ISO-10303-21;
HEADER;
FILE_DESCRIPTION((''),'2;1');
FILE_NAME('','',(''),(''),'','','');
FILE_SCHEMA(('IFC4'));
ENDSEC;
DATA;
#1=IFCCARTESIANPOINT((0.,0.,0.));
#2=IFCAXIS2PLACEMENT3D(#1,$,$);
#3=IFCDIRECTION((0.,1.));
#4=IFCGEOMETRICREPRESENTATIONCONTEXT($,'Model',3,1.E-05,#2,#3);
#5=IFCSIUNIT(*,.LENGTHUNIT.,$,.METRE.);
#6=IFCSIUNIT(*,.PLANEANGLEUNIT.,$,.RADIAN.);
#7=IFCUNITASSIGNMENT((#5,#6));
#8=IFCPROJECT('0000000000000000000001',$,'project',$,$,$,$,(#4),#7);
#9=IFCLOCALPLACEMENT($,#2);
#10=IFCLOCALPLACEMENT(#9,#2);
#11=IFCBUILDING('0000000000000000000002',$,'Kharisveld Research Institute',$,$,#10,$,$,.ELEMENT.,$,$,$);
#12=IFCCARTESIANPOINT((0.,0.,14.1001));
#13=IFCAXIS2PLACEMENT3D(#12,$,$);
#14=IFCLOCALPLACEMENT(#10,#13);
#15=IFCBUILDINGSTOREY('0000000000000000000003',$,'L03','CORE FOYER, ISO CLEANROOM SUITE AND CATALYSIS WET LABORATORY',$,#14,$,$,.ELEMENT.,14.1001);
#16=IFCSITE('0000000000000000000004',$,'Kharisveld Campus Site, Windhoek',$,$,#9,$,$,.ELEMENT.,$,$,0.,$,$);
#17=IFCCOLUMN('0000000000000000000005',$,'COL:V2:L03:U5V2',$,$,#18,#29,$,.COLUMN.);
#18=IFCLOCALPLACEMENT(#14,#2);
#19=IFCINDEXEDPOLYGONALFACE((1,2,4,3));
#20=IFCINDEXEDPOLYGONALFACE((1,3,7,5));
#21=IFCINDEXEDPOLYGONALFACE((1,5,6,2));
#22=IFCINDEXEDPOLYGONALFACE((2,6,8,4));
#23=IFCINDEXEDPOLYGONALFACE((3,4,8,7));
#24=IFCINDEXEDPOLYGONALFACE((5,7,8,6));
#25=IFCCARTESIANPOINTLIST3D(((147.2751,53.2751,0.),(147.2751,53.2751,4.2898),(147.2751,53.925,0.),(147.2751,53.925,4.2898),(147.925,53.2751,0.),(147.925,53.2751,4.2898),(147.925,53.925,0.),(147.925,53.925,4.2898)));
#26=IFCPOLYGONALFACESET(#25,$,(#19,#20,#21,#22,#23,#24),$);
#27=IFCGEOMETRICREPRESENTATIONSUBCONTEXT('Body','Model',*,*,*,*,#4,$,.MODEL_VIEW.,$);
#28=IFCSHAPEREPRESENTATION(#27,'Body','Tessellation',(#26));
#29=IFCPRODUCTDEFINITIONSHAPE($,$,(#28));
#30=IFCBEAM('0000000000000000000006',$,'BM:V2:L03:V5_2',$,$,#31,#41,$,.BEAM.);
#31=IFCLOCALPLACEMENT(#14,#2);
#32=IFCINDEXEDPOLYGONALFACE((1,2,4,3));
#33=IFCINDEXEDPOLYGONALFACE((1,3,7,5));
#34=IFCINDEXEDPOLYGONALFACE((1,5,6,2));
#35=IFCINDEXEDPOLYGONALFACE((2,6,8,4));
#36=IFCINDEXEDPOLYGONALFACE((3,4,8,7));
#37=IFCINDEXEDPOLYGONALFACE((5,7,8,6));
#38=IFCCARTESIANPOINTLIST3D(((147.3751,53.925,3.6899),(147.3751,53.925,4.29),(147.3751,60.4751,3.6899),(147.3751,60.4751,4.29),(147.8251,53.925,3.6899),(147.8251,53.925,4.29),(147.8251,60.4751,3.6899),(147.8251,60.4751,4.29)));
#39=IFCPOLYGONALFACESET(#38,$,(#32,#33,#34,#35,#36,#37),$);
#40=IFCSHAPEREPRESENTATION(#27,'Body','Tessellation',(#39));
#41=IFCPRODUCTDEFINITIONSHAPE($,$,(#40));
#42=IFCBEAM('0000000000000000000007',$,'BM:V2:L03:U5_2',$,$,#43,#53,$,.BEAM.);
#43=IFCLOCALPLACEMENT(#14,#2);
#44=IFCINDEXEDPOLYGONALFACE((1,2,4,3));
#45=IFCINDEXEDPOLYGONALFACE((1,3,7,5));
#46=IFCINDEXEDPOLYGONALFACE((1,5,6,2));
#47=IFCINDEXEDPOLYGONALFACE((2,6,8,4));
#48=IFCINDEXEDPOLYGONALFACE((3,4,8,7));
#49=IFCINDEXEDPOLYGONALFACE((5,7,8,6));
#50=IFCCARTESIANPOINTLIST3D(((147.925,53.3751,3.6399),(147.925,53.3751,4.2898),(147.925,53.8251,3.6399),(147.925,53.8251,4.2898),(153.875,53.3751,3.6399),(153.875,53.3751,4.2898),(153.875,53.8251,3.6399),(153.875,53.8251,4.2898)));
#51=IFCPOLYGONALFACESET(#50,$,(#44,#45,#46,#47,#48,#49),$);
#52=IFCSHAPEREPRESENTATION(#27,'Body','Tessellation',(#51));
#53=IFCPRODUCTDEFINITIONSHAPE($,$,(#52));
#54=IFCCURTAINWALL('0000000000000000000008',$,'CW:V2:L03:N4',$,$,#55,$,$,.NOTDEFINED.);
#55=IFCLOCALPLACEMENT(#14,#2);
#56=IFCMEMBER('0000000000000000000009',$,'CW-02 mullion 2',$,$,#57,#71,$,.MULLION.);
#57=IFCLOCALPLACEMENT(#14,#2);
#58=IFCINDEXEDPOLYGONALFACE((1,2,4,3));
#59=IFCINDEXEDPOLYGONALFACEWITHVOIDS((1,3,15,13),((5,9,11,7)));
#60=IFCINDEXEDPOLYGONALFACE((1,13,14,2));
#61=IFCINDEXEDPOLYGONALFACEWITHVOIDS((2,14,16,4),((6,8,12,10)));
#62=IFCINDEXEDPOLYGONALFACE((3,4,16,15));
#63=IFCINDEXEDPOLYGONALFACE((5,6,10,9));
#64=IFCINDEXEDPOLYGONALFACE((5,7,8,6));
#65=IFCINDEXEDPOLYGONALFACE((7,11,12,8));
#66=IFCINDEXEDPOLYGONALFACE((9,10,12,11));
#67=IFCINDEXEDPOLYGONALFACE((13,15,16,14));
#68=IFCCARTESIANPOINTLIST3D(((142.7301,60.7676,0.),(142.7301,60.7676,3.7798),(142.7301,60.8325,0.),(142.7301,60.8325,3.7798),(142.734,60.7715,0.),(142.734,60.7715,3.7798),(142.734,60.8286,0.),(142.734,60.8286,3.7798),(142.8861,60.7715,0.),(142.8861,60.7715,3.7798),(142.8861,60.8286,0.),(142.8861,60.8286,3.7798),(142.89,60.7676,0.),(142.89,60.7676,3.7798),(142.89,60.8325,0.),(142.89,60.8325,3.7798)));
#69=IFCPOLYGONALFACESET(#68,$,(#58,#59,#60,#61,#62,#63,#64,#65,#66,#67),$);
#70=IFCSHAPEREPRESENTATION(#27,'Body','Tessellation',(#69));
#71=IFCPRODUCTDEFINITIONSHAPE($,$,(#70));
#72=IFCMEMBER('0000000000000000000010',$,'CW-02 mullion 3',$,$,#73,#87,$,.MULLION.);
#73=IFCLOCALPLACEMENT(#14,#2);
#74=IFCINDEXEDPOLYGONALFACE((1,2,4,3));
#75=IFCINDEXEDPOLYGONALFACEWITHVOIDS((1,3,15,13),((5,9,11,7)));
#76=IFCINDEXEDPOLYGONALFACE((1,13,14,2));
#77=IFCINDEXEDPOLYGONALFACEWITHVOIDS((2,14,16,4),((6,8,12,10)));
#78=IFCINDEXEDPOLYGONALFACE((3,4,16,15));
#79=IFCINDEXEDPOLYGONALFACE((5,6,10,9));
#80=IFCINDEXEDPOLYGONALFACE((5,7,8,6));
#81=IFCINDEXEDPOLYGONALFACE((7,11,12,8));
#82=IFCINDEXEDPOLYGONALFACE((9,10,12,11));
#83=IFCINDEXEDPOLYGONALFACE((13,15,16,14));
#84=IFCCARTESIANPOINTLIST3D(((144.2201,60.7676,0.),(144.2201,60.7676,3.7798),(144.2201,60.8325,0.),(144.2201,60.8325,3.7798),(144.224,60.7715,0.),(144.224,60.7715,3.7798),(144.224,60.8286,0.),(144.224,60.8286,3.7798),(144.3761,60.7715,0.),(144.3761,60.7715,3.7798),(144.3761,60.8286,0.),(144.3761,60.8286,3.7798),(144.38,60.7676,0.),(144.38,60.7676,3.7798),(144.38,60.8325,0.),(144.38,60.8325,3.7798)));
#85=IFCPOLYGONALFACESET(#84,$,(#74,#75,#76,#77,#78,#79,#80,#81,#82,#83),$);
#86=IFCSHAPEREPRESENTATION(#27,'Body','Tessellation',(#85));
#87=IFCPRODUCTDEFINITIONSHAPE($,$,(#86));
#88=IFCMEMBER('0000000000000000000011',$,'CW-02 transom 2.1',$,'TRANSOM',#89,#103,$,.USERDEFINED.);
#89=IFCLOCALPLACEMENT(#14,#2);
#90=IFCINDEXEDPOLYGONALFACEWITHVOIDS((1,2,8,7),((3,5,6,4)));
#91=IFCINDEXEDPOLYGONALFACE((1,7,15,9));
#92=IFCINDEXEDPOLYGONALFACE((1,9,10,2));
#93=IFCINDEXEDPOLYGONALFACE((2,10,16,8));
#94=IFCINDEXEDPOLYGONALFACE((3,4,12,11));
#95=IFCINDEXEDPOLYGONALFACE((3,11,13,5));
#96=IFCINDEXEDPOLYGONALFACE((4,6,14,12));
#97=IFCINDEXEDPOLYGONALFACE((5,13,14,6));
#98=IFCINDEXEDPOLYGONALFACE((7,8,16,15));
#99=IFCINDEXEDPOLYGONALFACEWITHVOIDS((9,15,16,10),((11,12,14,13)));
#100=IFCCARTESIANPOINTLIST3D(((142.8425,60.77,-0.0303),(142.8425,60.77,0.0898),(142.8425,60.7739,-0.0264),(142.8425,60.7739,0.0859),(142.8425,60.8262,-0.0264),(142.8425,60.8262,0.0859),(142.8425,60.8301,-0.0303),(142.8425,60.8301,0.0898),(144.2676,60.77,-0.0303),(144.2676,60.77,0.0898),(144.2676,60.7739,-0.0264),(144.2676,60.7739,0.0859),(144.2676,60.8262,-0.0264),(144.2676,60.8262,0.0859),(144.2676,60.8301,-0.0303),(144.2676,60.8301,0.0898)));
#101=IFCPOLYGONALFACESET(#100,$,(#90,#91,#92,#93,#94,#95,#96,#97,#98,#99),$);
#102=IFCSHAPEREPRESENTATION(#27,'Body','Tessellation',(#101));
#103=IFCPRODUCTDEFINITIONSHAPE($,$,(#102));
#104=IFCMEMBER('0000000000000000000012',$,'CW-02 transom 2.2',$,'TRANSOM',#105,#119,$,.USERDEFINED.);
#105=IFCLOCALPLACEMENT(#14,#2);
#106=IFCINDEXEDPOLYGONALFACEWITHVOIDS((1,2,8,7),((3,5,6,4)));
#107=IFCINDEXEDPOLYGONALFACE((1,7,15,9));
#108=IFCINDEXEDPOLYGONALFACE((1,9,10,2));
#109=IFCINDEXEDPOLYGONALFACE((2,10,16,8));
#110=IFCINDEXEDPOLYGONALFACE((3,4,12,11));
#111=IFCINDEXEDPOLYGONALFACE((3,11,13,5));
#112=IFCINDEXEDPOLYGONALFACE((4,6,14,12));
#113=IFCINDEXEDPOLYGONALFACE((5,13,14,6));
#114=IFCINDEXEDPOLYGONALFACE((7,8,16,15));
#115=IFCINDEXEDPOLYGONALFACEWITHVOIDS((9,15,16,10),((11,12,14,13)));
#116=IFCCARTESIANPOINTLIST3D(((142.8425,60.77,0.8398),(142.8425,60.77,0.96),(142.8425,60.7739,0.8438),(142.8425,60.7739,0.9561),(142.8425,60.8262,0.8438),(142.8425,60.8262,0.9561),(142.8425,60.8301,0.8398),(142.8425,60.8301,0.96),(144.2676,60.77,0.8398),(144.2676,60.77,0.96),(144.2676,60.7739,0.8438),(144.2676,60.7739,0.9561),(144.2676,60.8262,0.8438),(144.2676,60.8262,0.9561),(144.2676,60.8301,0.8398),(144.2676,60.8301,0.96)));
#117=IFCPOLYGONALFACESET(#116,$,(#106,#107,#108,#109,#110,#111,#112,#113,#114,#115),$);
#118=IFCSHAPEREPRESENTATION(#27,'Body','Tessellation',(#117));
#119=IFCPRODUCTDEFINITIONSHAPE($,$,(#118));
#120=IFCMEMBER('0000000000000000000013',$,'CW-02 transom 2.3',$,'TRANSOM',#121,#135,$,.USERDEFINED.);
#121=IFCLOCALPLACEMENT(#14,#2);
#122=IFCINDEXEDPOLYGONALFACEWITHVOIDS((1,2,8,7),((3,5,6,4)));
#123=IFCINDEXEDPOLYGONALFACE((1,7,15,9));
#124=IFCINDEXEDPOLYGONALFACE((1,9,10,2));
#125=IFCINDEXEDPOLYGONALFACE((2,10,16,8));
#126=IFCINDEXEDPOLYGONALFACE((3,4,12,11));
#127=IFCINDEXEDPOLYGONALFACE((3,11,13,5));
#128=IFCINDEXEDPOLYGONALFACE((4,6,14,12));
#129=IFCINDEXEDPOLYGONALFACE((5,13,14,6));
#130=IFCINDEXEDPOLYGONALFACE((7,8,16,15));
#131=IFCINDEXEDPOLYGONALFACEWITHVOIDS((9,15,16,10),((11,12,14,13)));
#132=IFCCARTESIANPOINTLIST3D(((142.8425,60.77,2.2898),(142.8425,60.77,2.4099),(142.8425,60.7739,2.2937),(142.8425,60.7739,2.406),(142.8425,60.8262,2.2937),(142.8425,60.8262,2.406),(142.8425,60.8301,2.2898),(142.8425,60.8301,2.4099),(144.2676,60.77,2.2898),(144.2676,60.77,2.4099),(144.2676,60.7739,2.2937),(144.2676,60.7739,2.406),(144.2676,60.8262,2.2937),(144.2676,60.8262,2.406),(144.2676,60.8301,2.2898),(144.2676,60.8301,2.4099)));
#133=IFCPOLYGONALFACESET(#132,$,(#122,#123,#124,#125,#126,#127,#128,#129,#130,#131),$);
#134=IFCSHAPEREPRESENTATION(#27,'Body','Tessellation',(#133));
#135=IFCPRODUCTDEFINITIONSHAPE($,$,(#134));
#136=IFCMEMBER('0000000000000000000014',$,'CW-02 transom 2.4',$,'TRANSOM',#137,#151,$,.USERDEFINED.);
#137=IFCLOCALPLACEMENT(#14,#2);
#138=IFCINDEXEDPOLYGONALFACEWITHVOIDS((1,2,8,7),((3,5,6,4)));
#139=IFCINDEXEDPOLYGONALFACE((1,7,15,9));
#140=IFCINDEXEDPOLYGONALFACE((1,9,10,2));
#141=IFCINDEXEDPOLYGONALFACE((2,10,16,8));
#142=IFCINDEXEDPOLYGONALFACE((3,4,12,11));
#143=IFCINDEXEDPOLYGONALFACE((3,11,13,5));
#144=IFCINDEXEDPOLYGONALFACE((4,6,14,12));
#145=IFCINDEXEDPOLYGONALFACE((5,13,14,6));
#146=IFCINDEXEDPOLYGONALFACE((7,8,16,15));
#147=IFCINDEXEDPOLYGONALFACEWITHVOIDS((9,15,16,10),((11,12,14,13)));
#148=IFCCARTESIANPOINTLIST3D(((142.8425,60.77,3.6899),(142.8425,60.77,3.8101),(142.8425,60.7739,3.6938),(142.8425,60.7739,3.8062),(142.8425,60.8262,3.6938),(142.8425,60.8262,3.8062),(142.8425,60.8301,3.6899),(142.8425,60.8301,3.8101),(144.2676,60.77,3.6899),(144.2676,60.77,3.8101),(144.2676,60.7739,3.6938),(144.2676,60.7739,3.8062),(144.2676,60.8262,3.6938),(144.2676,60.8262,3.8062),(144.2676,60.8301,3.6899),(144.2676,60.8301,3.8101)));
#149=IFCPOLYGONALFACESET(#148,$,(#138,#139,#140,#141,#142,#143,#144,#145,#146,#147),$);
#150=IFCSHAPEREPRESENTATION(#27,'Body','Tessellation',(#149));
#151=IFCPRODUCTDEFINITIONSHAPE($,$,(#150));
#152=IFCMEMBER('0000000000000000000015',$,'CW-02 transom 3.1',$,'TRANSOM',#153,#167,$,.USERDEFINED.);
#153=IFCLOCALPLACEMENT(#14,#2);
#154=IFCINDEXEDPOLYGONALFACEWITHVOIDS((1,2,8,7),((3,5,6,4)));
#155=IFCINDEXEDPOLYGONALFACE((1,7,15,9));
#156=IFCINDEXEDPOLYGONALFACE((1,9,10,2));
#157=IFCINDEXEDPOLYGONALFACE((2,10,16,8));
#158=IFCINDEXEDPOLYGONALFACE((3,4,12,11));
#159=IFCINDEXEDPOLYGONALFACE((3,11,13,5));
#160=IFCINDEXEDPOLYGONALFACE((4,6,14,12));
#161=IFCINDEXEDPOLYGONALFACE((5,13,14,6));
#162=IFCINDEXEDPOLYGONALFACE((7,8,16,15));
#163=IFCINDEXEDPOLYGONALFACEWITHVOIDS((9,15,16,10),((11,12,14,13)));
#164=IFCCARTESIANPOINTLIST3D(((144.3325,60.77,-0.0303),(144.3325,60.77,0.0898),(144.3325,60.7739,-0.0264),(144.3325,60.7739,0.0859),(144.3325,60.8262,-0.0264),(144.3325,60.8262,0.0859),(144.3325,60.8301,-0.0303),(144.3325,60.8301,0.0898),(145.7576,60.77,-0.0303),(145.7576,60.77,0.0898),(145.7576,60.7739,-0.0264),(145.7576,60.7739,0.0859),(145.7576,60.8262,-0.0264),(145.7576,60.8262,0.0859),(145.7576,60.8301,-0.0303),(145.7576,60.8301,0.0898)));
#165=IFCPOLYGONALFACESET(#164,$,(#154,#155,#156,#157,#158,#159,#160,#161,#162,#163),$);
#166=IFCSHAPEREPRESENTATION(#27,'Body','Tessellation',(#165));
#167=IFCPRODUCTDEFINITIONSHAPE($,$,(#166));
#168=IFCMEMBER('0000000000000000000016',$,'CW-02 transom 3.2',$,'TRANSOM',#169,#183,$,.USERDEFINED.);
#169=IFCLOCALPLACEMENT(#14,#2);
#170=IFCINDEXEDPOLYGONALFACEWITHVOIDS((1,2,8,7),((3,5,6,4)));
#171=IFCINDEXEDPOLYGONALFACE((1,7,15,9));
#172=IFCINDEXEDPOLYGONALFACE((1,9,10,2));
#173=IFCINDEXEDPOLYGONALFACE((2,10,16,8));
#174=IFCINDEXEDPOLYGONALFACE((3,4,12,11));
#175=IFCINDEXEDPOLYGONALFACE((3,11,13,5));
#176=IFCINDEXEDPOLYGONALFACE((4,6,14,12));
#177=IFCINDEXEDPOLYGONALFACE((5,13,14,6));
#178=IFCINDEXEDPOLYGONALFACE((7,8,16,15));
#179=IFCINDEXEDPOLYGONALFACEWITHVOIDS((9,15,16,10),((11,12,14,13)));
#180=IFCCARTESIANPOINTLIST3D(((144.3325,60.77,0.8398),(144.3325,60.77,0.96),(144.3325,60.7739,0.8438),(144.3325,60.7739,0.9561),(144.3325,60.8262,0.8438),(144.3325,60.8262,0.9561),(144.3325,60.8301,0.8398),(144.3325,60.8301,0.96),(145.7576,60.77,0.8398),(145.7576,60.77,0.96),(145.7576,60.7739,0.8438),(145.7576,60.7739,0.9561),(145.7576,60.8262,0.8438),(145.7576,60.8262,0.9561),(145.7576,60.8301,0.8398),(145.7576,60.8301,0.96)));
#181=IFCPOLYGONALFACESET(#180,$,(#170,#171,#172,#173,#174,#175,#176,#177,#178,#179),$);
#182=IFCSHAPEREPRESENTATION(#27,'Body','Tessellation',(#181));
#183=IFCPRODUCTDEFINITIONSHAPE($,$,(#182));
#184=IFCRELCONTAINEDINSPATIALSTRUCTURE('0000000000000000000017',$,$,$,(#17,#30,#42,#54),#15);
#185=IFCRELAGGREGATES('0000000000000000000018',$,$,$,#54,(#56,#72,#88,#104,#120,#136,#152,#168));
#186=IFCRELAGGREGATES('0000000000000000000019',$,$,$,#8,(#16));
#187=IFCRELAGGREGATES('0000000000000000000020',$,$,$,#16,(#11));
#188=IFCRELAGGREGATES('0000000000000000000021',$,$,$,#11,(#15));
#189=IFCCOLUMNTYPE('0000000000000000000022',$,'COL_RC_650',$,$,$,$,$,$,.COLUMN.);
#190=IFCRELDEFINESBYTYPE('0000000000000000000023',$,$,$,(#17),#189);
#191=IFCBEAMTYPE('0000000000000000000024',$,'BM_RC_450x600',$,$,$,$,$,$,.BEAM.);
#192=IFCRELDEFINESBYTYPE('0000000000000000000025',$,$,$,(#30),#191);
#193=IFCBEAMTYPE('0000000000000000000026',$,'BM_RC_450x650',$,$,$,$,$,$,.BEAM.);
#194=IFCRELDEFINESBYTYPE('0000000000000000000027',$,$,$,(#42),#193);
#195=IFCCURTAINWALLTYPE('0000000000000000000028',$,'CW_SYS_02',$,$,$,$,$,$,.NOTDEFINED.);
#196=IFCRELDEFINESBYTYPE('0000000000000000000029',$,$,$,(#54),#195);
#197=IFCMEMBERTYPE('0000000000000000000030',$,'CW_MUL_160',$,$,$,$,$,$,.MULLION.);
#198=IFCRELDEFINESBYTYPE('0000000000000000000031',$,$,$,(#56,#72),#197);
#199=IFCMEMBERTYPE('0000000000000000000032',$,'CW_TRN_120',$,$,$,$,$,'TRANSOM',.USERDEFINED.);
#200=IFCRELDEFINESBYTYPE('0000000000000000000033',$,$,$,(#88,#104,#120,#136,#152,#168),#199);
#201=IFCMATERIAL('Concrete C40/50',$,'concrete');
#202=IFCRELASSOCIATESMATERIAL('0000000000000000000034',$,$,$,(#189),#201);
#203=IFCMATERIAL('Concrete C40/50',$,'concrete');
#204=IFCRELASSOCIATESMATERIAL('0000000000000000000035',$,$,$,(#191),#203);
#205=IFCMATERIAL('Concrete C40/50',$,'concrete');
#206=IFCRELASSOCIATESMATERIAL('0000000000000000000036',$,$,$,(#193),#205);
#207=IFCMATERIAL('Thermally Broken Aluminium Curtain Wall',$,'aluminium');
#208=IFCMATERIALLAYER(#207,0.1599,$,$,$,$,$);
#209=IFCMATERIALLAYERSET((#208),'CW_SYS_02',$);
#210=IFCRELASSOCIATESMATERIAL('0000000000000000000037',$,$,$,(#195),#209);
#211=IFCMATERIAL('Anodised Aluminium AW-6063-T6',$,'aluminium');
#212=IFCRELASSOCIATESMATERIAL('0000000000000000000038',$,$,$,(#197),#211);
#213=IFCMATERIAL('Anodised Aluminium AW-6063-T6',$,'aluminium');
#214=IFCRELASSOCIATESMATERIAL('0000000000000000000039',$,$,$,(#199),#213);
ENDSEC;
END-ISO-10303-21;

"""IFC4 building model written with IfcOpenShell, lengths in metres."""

from ifc_helpers import new_model, si_unit, direction, frame, origin, origin_2d, place, context, subcontext, project, spatial, rectangle, hollow_rectangle, extrude, material, layer, layer_set, material_profile, profile_set, type_object, element, aggregate, save


model = new_model("IFC4")

# Units and contexts
model_context = context("Model", 3, precision=1e-05, world=origin(), true_north=direction((0.0, 1.0)))
body_context = subcontext(model_context, "Body", "Model", "MODEL_VIEW")
ifc_project = project(units=[si_unit("LENGTHUNIT", "METRE"), si_unit("PLANEANGLEUNIT", "RADIAN")], contexts=[model_context])

# Site, building, storey
site_placement = place(None, origin())
site = spatial("IfcSite", under=ifc_project, at=site_placement, Name="Kharisveld Campus Site, Windhoek", CompositionType="ELEMENT", RefElevation=0.0)
building_placement = place(site_placement, origin())
building = spatial("IfcBuilding", under=site, at=building_placement, Name="Kharisveld Research Institute", CompositionType="ELEMENT")
storey_placement = place(building_placement, frame((0.0, 0.0, 14.1001)))
storey = spatial("IfcBuildingStorey", under=building, at=storey_placement, Name="L03", Description="CORE FOYER, ISO CLEANROOM SUITE AND CATALYSIS WET LABORATORY", CompositionType="ELEMENT", Elevation=14.1001)

# Column
ifc_material_1 = material(Name="Concrete C40/50", Category="concrete")
ifc_material_profile_1 = material_profile(ifc_material_1, rectangle(XDim=0.6499, YDim=0.6499, at=origin_2d()))
ifc_profile_set_1 = profile_set([ifc_material_profile_1], Name="Concrete C40/50")
column_type = type_object("IfcColumnType", Name="COL_RC_650", PredefinedType="COLUMN", material=ifc_profile_set_1)
column_placement = place(storey_placement, frame((147.6001, 53.6001, 0.0), z_axis=(0.0, 0.0, 1.0), x_axis=(1.0, 0.0, 0.0)))
element("IfcColumn", 1, at=column_placement, inside=storey, type_object=column_type, Name="COL:V2:L03:U5V2", PredefinedType="COLUMN", context=body_context, shape_type="SweptSolid", body=[
    extrude(rectangle(XDim=0.6499, YDim=0.6499, at=origin_2d()), origin(), (0.0, 0.0, 1.0), 4.2898),
])

# Beams
ifc_material_2 = material(Name="Concrete C40/50", Category="concrete")
ifc_material_profile_2 = material_profile(ifc_material_2, rectangle(XDim=0.45, YDim=0.6001, at=origin_2d()))
ifc_profile_set_2 = profile_set([ifc_material_profile_2], Name="Concrete C40/50")
beam_type_1 = type_object("IfcBeamType", Name="BM_RC_450x600", PredefinedType="BEAM", material=ifc_profile_set_2)
beam_1_placement = place(storey_placement, frame((147.6001, 53.925, 3.99), z_axis=(0.0, 1.0, 0.0), x_axis=(-1.0, 0.0, 0.0)))
element("IfcBeam", 2, at=beam_1_placement, inside=storey, type_object=beam_type_1, Name="BM:V2:L03:V5_2", PredefinedType="BEAM", context=body_context, shape_type="SweptSolid", body=[
    extrude(rectangle(XDim=0.45, YDim=0.6001, at=origin_2d()), origin(), (0.0, 0.0, 1.0), 6.55),
])
ifc_material_3 = material(Name="Concrete C40/50", Category="concrete")
ifc_material_profile_3 = material_profile(ifc_material_3, rectangle(XDim=0.45, YDim=0.6499, at=origin_2d()))
ifc_profile_set_3 = profile_set([ifc_material_profile_3], Name="Concrete C40/50")
beam_type_2 = type_object("IfcBeamType", Name="BM_RC_450x650", PredefinedType="BEAM", material=ifc_profile_set_3)
beam_2_placement = place(storey_placement, frame((147.925, 53.6001, 3.9648), z_axis=(1.0, 0.0, 0.0), x_axis=(0.0, 1.0, 0.0)))
element("IfcBeam", 3, at=beam_2_placement, inside=storey, type_object=beam_type_2, Name="BM:V2:L03:U5_2", PredefinedType="BEAM", context=body_context, shape_type="SweptSolid", body=[
    extrude(rectangle(XDim=0.45, YDim=0.6499, at=origin_2d()), origin(), (0.0, 0.0, 1.0), 5.95),
])

# Curtain wall, members
ifc_material_4 = material(Name="Thermally Broken Aluminium Curtain Wall", Category="aluminium")
ifc_layer_1 = layer(ifc_material_4, 0.1599)
ifc_layer_set_1 = layer_set([ifc_layer_1], Name="CW_SYS_02")
curtain_wall_type = type_object("IfcCurtainWallType", Name="CW_SYS_02", PredefinedType="NOTDEFINED", material=ifc_layer_set_1)
curtain_wall_placement = place(storey_placement, origin())
curtain_wall = element("IfcCurtainWall", 4, at=curtain_wall_placement, inside=storey, type_object=curtain_wall_type, Name="CW:V2:L03:N4", PredefinedType="NOTDEFINED")
ifc_material_5 = material(Name="Anodised Aluminium AW-6063-T6", Category="aluminium")
ifc_material_profile_4 = material_profile(ifc_material_5, hollow_rectangle(XDim=0.0649, YDim=0.1599, WallThickness=0.0039, at=origin_2d()))
ifc_profile_set_4 = profile_set([ifc_material_profile_4], Name="Anodised Aluminium AW-6063-T6")
member_type_1 = type_object("IfcMemberType", Name="CW_MUL_160", PredefinedType="MULLION", material=ifc_profile_set_4)
member_1_placement = place(storey_placement, frame((142.8101, 60.8, 0.0), z_axis=(0.0, 0.0, 1.0), x_axis=(0.0, 1.0, 0.0)))
member_1 = element("IfcMember", 5, at=member_1_placement, type_object=member_type_1, Name="CW-02 mullion 2", PredefinedType="MULLION", context=body_context, shape_type="SweptSolid", body=[
    extrude(hollow_rectangle(XDim=0.0649, YDim=0.1599, WallThickness=0.0039, at=origin_2d()), origin(), (0.0, 0.0, 1.0), 3.7798),
])
member_2_placement = place(storey_placement, frame((144.3, 60.8, 0.0), z_axis=(0.0, 0.0, 1.0), x_axis=(0.0, 1.0, 0.0)))
member_2 = element("IfcMember", 6, at=member_2_placement, type_object=member_type_1, Name="CW-02 mullion 3", PredefinedType="MULLION", context=body_context, shape_type="SweptSolid", body=[
    extrude(hollow_rectangle(XDim=0.0649, YDim=0.1599, WallThickness=0.0039, at=origin_2d()), origin(), (0.0, 0.0, 1.0), 3.7798),
])
ifc_material_6 = material(Name="Anodised Aluminium AW-6063-T6", Category="aluminium")
ifc_material_profile_5 = material_profile(ifc_material_6, hollow_rectangle(XDim=0.0601, YDim=0.1201, WallThickness=0.0039, at=origin_2d()))
ifc_profile_set_5 = profile_set([ifc_material_profile_5], Name="Anodised Aluminium AW-6063-T6")
member_type_2 = type_object("IfcMemberType", Name="CW_TRN_120", ElementType="TRANSOM", PredefinedType="USERDEFINED", material=ifc_profile_set_5)
member_3_placement = place(storey_placement, frame((142.8425, 60.8, 0.0298), z_axis=(1.0, 0.0, 0.0), x_axis=(0.0, 1.0, 0.0)))
member_3 = element("IfcMember", 7, at=member_3_placement, type_object=member_type_2, Name="CW-02 transom 2.1", ObjectType="TRANSOM", PredefinedType="USERDEFINED", context=body_context, shape_type="SweptSolid", body=[
    extrude(hollow_rectangle(XDim=0.0601, YDim=0.1201, WallThickness=0.0039, at=origin_2d()), origin(), (0.0, 0.0, 1.0), 1.425),
])
member_4_placement = place(storey_placement, frame((142.8425, 60.8, 0.8999), z_axis=(1.0, 0.0, 0.0), x_axis=(0.0, 1.0, 0.0)))
member_4 = element("IfcMember", 8, at=member_4_placement, type_object=member_type_2, Name="CW-02 transom 2.2", ObjectType="TRANSOM", PredefinedType="USERDEFINED", context=body_context, shape_type="SweptSolid", body=[
    extrude(hollow_rectangle(XDim=0.0601, YDim=0.1201, WallThickness=0.0039, at=origin_2d()), origin(), (0.0, 0.0, 1.0), 1.425),
])
member_5_placement = place(storey_placement, frame((142.8425, 60.8, 2.3499), z_axis=(1.0, 0.0, 0.0), x_axis=(0.0, 1.0, 0.0)))
member_5 = element("IfcMember", 9, at=member_5_placement, type_object=member_type_2, Name="CW-02 transom 2.3", ObjectType="TRANSOM", PredefinedType="USERDEFINED", context=body_context, shape_type="SweptSolid", body=[
    extrude(hollow_rectangle(XDim=0.0601, YDim=0.1201, WallThickness=0.0039, at=origin_2d()), origin(), (0.0, 0.0, 1.0), 1.425),
])
member_6_placement = place(storey_placement, frame((142.8425, 60.8, 3.75), z_axis=(1.0, 0.0, 0.0), x_axis=(0.0, 1.0, 0.0)))
member_6 = element("IfcMember", 10, at=member_6_placement, type_object=member_type_2, Name="CW-02 transom 2.4", ObjectType="TRANSOM", PredefinedType="USERDEFINED", context=body_context, shape_type="SweptSolid", body=[
    extrude(hollow_rectangle(XDim=0.0601, YDim=0.1201, WallThickness=0.0039, at=origin_2d()), origin(), (0.0, 0.0, 1.0), 1.425),
])
member_7_placement = place(storey_placement, frame((144.3325, 60.8, 0.0298), z_axis=(1.0, 0.0, 0.0), x_axis=(0.0, 1.0, 0.0)))
member_7 = element("IfcMember", 11, at=member_7_placement, type_object=member_type_2, Name="CW-02 transom 3.1", ObjectType="TRANSOM", PredefinedType="USERDEFINED", context=body_context, shape_type="SweptSolid", body=[
    extrude(hollow_rectangle(XDim=0.0601, YDim=0.1201, WallThickness=0.0039, at=origin_2d()), origin(), (0.0, 0.0, 1.0), 1.425),
])
member_8_placement = place(storey_placement, frame((144.3325, 60.8, 0.8999), z_axis=(1.0, 0.0, 0.0), x_axis=(0.0, 1.0, 0.0)))
member_8 = element("IfcMember", 12, at=member_8_placement, type_object=member_type_2, Name="CW-02 transom 3.2", ObjectType="TRANSOM", PredefinedType="USERDEFINED", context=body_context, shape_type="SweptSolid", body=[
    extrude(hollow_rectangle(XDim=0.0601, YDim=0.1201, WallThickness=0.0039, at=origin_2d()), origin(), (0.0, 0.0, 1.0), 1.425),
])

aggregate(curtain_wall, [member_1, member_2, member_3, member_4, member_5, member_6, member_7, member_8])

save(model, "model.ifc")
